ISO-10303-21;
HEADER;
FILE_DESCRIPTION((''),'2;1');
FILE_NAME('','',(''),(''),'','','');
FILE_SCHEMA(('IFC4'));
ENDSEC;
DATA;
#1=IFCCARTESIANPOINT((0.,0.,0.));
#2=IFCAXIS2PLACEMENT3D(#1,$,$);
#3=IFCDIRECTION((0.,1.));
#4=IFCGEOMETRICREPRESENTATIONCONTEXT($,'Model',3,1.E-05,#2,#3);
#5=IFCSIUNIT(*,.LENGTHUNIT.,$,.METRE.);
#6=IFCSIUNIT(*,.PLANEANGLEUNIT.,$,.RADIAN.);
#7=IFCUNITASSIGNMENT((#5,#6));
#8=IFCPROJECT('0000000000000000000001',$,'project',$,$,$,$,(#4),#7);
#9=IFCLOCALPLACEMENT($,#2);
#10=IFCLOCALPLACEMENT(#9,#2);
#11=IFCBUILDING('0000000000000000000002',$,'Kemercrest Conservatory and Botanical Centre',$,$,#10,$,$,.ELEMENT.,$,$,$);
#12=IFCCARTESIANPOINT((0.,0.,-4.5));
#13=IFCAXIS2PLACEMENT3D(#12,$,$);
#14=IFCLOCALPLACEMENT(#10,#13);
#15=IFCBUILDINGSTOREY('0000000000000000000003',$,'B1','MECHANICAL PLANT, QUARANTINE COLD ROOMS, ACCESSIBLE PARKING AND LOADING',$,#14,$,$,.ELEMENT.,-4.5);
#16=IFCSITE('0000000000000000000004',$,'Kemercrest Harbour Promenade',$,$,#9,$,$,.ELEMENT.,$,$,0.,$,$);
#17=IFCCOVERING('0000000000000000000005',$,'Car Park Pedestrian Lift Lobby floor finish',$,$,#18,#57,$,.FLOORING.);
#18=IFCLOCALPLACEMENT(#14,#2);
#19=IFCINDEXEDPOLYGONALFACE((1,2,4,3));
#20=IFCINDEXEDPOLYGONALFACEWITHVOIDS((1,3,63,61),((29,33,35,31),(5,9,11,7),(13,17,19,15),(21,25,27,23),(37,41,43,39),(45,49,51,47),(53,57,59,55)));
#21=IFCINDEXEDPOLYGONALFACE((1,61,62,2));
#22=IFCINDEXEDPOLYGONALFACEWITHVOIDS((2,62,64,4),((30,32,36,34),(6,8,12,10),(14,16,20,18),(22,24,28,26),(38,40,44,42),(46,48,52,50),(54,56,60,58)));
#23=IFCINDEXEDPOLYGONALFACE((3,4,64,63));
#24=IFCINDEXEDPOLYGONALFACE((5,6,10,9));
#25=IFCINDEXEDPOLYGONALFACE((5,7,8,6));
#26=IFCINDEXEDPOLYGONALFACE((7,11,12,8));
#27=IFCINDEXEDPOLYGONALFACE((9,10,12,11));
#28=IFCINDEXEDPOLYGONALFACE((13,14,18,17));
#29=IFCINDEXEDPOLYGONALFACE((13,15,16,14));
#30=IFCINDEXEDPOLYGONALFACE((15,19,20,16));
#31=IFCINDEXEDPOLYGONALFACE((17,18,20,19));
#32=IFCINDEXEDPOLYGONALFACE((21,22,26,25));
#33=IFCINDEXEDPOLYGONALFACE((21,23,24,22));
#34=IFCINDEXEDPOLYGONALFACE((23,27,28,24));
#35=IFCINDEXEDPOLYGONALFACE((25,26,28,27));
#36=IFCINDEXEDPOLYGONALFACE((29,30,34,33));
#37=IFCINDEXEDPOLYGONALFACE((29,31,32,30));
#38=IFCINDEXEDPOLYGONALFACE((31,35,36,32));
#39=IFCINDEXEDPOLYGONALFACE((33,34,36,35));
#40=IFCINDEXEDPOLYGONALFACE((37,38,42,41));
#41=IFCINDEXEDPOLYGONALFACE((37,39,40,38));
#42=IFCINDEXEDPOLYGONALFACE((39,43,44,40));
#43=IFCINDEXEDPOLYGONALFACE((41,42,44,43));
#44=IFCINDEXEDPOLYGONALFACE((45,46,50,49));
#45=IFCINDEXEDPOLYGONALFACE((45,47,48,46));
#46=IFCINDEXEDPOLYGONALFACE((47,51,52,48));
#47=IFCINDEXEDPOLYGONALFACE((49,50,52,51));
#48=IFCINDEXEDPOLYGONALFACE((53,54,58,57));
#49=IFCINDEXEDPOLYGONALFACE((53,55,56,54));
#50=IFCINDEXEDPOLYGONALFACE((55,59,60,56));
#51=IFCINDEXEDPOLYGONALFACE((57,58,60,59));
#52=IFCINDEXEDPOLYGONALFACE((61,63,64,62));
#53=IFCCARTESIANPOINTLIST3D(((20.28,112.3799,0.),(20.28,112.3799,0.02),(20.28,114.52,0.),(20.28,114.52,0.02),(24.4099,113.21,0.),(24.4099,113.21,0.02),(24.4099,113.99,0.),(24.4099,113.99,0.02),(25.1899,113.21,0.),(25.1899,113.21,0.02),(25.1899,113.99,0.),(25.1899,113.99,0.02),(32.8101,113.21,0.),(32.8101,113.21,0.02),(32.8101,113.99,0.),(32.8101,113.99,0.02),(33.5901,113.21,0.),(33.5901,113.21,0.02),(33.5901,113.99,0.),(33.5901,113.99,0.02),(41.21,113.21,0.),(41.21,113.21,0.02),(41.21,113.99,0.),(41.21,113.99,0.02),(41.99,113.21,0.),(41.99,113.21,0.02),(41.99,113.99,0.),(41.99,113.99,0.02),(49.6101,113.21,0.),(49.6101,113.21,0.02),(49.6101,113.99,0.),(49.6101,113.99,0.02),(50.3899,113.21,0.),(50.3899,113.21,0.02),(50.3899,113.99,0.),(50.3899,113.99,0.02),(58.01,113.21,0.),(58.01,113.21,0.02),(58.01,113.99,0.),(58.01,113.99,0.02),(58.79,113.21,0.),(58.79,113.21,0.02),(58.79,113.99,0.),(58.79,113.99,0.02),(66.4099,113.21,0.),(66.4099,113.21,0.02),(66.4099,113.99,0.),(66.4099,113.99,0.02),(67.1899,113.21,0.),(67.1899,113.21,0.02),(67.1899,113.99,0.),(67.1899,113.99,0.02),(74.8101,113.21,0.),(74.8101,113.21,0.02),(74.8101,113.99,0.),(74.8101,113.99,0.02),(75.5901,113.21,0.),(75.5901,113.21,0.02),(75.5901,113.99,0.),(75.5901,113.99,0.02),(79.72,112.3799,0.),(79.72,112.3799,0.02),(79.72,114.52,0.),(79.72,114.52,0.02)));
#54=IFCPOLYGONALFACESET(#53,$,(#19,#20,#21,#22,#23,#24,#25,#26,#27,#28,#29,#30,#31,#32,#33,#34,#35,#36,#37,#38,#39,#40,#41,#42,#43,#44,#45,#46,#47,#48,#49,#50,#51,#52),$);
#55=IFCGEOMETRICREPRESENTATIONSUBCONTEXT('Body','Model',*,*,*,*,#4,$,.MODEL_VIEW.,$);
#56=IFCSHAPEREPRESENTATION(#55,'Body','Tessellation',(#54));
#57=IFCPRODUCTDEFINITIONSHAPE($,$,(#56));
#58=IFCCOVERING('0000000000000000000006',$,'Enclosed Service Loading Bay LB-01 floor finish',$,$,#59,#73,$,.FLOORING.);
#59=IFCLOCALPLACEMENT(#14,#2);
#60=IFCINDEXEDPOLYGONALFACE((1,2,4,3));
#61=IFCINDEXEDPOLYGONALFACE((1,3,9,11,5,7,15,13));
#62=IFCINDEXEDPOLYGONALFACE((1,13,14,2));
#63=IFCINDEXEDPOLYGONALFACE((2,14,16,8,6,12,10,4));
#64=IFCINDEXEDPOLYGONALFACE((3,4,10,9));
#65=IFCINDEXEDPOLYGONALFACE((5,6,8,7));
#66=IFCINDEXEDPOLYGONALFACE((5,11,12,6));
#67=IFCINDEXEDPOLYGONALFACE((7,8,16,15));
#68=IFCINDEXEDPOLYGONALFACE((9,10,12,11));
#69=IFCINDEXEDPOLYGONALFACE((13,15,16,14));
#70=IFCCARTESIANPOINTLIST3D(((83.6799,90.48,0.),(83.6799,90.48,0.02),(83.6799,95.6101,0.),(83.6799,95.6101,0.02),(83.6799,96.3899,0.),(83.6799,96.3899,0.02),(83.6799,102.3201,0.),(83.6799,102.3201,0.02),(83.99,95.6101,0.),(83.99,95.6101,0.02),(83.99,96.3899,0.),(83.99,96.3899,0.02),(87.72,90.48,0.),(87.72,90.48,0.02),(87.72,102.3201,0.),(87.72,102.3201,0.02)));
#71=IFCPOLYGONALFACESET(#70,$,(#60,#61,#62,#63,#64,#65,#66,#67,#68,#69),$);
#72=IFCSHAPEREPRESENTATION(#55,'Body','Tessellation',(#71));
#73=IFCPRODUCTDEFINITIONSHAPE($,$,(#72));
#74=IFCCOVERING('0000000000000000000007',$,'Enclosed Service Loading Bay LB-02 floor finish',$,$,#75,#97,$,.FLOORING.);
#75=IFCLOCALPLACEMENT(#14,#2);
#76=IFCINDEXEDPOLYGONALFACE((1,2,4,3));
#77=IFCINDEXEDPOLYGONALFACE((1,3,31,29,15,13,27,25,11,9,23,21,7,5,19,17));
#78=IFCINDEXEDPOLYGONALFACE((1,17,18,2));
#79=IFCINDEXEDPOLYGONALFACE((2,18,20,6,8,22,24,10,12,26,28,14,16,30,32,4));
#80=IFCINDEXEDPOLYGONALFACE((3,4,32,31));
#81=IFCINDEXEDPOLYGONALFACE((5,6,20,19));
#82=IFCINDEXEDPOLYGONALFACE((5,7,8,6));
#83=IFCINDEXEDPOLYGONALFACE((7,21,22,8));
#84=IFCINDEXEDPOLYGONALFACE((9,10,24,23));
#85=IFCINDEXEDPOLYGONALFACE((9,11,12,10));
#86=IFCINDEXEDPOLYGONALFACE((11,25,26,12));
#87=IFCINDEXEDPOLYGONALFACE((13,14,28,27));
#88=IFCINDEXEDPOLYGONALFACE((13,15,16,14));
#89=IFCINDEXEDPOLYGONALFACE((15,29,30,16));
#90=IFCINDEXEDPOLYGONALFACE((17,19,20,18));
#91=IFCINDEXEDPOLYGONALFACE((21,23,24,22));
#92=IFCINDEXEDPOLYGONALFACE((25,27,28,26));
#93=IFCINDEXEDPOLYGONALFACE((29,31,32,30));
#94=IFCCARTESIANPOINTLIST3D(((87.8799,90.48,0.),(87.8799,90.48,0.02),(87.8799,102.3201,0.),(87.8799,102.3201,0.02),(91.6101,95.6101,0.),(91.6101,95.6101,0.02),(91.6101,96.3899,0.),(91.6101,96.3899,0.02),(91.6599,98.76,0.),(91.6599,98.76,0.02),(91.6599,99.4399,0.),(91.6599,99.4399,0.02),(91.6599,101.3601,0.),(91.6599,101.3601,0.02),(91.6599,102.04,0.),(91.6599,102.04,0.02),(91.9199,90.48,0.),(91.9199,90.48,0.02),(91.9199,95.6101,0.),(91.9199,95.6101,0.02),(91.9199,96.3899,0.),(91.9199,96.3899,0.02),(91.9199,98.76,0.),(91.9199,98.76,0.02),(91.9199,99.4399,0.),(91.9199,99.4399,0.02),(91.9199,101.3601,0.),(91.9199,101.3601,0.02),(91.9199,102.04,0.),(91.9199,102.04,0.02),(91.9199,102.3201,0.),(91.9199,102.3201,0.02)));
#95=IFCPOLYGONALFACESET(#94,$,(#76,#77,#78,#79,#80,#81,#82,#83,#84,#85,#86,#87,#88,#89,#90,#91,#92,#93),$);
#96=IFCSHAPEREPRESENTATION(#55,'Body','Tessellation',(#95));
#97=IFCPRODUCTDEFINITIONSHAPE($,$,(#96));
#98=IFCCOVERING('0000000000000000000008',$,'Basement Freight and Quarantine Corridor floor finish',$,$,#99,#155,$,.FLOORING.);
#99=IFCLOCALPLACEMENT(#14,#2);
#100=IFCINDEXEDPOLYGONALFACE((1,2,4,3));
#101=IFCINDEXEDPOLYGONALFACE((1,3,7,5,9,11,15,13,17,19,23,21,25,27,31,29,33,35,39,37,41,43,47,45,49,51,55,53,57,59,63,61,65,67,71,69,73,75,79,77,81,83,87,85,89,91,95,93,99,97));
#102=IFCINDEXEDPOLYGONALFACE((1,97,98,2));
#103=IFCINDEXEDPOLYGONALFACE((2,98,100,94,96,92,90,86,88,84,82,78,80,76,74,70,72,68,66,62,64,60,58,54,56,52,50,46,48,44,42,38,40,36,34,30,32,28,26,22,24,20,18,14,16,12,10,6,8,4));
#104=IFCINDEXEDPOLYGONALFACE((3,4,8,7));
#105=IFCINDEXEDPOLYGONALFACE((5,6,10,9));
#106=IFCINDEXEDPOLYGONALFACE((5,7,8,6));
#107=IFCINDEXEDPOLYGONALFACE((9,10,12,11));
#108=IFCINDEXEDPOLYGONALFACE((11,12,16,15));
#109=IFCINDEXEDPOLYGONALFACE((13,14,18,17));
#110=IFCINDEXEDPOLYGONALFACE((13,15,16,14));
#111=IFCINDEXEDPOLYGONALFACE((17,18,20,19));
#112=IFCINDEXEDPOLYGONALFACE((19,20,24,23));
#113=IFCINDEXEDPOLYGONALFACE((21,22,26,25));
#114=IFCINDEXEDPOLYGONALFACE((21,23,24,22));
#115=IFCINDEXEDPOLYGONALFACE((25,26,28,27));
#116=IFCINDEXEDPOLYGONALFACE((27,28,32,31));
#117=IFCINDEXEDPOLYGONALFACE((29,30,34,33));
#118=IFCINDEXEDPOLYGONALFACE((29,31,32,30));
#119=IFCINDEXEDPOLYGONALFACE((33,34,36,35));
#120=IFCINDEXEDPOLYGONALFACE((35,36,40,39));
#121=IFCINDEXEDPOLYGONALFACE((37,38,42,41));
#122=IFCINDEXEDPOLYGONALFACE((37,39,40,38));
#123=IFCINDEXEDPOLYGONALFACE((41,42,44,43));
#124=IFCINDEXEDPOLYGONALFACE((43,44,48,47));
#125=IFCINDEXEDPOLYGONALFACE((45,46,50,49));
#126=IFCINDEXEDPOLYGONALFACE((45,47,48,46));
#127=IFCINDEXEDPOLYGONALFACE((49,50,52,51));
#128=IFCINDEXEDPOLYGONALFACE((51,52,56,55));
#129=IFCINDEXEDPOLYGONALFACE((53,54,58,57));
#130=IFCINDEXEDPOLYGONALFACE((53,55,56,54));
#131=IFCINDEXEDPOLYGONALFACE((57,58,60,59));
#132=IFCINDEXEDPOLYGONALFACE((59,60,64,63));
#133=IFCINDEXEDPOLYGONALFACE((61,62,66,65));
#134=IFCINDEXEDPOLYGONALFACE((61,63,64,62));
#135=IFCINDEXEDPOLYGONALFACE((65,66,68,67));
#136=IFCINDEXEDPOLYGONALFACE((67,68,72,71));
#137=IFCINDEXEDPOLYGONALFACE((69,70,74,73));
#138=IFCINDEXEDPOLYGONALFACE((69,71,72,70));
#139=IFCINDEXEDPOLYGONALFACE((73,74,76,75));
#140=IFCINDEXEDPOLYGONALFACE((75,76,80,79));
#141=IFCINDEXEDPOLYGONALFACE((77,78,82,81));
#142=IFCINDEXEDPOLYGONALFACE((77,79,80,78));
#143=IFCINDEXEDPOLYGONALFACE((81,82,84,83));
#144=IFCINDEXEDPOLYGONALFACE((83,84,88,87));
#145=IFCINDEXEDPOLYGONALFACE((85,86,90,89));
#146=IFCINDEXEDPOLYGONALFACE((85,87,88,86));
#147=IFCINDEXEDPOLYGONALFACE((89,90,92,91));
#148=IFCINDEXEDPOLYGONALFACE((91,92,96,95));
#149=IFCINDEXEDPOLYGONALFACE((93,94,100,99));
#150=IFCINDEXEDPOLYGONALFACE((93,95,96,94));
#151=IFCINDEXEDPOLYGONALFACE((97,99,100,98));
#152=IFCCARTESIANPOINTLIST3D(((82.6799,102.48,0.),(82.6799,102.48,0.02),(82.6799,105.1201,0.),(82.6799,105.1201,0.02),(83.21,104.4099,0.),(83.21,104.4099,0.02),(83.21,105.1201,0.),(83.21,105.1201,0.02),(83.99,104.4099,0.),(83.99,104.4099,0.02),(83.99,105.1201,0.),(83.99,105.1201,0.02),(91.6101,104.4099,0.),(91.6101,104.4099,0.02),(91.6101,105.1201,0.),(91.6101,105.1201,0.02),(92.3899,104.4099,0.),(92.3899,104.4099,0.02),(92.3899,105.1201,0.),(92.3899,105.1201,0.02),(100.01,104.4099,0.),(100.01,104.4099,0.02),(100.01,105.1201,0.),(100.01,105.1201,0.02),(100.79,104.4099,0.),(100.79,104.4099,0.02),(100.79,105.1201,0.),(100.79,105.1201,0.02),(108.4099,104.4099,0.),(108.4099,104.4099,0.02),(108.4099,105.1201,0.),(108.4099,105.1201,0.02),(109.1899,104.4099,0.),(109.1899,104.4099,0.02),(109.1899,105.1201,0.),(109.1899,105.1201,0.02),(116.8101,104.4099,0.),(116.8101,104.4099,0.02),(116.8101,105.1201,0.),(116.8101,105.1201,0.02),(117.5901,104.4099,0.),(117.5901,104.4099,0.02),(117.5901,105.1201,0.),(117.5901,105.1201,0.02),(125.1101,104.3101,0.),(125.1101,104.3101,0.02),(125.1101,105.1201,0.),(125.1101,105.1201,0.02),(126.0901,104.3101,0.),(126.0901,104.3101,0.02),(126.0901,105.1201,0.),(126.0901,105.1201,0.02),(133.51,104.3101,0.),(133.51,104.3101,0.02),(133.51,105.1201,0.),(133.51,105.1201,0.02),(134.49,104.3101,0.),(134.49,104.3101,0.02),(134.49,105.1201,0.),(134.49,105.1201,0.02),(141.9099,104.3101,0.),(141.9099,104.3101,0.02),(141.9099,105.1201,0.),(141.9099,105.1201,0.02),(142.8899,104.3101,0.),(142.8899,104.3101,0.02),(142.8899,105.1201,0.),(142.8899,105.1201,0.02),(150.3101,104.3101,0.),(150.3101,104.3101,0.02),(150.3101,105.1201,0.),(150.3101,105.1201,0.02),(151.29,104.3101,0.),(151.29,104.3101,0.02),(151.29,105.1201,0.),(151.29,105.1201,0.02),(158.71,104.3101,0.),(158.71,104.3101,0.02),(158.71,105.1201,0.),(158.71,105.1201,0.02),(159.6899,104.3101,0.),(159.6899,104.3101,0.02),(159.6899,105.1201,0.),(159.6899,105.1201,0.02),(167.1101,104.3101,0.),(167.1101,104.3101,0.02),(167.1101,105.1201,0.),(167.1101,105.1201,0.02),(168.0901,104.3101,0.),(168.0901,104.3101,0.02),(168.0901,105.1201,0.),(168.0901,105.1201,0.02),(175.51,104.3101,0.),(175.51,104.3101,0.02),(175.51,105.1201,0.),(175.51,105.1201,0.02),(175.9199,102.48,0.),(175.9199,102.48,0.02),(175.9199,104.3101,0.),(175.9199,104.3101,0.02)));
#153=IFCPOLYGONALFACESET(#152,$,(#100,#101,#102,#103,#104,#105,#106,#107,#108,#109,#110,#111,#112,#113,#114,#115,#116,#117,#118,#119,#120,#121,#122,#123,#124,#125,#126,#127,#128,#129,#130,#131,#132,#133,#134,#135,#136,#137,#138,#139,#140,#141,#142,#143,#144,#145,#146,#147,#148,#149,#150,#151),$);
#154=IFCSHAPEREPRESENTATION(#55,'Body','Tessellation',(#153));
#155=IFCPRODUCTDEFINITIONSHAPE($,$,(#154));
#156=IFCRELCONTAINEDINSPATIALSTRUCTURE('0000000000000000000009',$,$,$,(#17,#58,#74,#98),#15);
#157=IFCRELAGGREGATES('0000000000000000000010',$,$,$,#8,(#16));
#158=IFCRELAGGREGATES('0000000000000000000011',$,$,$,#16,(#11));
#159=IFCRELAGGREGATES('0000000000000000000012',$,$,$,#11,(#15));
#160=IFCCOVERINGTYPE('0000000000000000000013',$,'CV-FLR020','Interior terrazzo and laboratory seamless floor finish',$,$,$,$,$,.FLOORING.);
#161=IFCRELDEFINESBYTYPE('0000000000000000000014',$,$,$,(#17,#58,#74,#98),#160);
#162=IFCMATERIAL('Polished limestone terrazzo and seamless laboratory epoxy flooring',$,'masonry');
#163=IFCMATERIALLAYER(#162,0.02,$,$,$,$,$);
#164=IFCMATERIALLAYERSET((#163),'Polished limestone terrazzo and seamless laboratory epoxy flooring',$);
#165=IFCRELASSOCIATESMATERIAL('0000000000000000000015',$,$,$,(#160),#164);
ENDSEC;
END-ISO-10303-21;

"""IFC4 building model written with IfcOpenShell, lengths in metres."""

from ifc_helpers import new_model, si_unit, direction, frame, origin, place, context, subcontext, project, spatial, polyline, outline, extrude, material, layer, layer_set, type_object, element, save


model = new_model("IFC4")

# Units and contexts
model_context = context("Model", 3, precision=1e-05, world=origin(), true_north=direction((0.0, 1.0)))
body_context = subcontext(model_context, "Body", "Model", "MODEL_VIEW")
ifc_project = project(units=[si_unit("LENGTHUNIT", "METRE"), si_unit("PLANEANGLEUNIT", "RADIAN")], contexts=[model_context])

# Site, building, storey
site_placement = place(None, origin())
site = spatial("IfcSite", under=ifc_project, at=site_placement, Name="Kemercrest Harbour Promenade", CompositionType="ELEMENT", RefElevation=0.0)
building_placement = place(site_placement, origin())
building = spatial("IfcBuilding", under=site, at=building_placement, Name="Kemercrest Conservatory and Botanical Centre", CompositionType="ELEMENT")
storey_placement = place(building_placement, frame((0.0, 0.0, -4.5)))
storey = spatial("IfcBuildingStorey", under=building, at=storey_placement, Name="B1", Description="MECHANICAL PLANT, QUARANTINE COLD ROOMS, ACCESSIBLE PARKING AND LOADING", CompositionType="ELEMENT", Elevation=-4.5)

# Coverings
ifc_material_1 = material(Name="Polished limestone terrazzo and seamless laboratory epoxy flooring", Category="masonry")
ifc_layer_1 = layer(ifc_material_1, 0.02)
ifc_layer_set_1 = layer_set([ifc_layer_1], Name="Polished limestone terrazzo and seamless laboratory epoxy flooring")
covering_type_1 = type_object("IfcCoveringType", Name="CV-FLR020", Description="Interior terrazzo and laboratory seamless floor finish", PredefinedType="FLOORING", material=ifc_layer_set_1)
covering_1_placement = place(storey_placement, origin())
element("IfcCovering", 1, at=covering_1_placement, inside=storey, type_object=covering_type_1, Name="Car Park Pedestrian Lift Lobby floor finish", PredefinedType="FLOORING", context=body_context, shape_type="SweptSolid", body=[
    extrude(outline(polyline([(79.72, 114.52), (20.28, 114.52), (20.28, 112.3799), (79.72, 112.3799), (79.72, 114.52)]), holes=[polyline([(74.8101, 113.99), (75.5901, 113.99), (75.5901, 113.21), (74.8101, 113.21), (74.8101, 113.99)]), polyline([(66.4099, 113.21), (66.4099, 113.99), (67.1899, 113.99), (67.1899, 113.21), (66.4099, 113.21)]), polyline([(58.01, 113.21), (58.01, 113.99), (58.79, 113.99), (58.79, 113.21), (58.01, 113.21)]), polyline([(49.6101, 113.21), (49.6101, 113.99), (50.3899, 113.99), (50.3899, 113.21), (49.6101, 113.21)]), polyline([(41.21, 113.21), (41.21, 113.99), (41.99, 113.99), (41.99, 113.21), (41.21, 113.21)]), polyline([(32.8101, 113.21), (32.8101, 113.99), (33.5901, 113.99), (33.5901, 113.21), (32.8101, 113.21)]), polyline([(24.4099, 113.99), (25.1899, 113.99), (25.1899, 113.21), (24.4099, 113.21), (24.4099, 113.99)])]), origin(), (0.0, 0.0, 1.0), 0.02),
])
covering_2_placement = place(storey_placement, origin())
element("IfcCovering", 2, at=covering_2_placement, inside=storey, type_object=covering_type_1, Name="Enclosed Service Loading Bay LB-01 floor finish", PredefinedType="FLOORING", context=body_context, shape_type="SweptSolid", body=[
    extrude(outline(polyline([(83.6799, 90.48), (87.72, 90.48), (87.72, 102.3201), (83.6799, 102.3201), (83.6799, 96.3899), (83.99, 96.3899), (83.99, 95.6101), (83.6799, 95.6101), (83.6799, 90.48)])), origin(), (0.0, 0.0, 1.0), 0.02),
])
covering_3_placement = place(storey_placement, origin())
element("IfcCovering", 3, at=covering_3_placement, inside=storey, type_object=covering_type_1, Name="Enclosed Service Loading Bay LB-02 floor finish", PredefinedType="FLOORING", context=body_context, shape_type="SweptSolid", body=[
    extrude(outline(polyline([(87.8799, 90.48), (91.9199, 90.48), (91.9199, 95.6101), (91.6101, 95.6101), (91.6101, 96.3899), (91.9199, 96.3899), (91.9199, 98.76), (91.6599, 98.76), (91.6599, 99.4399), (91.9199, 99.4399), (91.9199, 101.3601), (91.6599, 101.3601), (91.6599, 102.04), (91.9199, 102.04), (91.9199, 102.3201), (87.8799, 102.3201), (87.8799, 90.48)])), origin(), (0.0, 0.0, 1.0), 0.02),
])
covering_4_placement = place(storey_placement, origin())
element("IfcCovering", 4, at=covering_4_placement, inside=storey, type_object=covering_type_1, Name="Basement Freight and Quarantine Corridor floor finish", PredefinedType="FLOORING", context=body_context, shape_type="SweptSolid", body=[
    extrude(outline(polyline([(82.6799, 102.48), (175.9199, 102.48), (175.9199, 104.3101), (175.51, 104.3101), (175.51, 105.1201), (168.0901, 105.1201), (168.0901, 104.3101), (167.1101, 104.3101), (167.1101, 105.1201), (159.6899, 105.1201), (159.6899, 104.3101), (158.71, 104.3101), (158.71, 105.1201), (151.29, 105.1201), (151.29, 104.3101), (150.3101, 104.3101), (150.3101, 105.1201), (142.8899, 105.1201), (142.8899, 104.3101), (141.9099, 104.3101), (141.9099, 105.1201), (134.49, 105.1201), (134.49, 104.3101), (133.51, 104.3101), (133.51, 105.1201), (126.0901, 105.1201), (126.0901, 104.3101), (125.1101, 104.3101), (125.1101, 105.1201), (117.5901, 105.1201), (117.5901, 104.4099), (116.8101, 104.4099), (116.8101, 105.1201), (109.1899, 105.1201), (109.1899, 104.4099), (108.4099, 104.4099), (108.4099, 105.1201), (100.79, 105.1201), (100.79, 104.4099), (100.01, 104.4099), (100.01, 105.1201), (92.3899, 105.1201), (92.3899, 104.4099), (91.6101, 104.4099), (91.6101, 105.1201), (83.99, 105.1201), (83.99, 104.4099), (83.21, 104.4099), (83.21, 105.1201), (82.6799, 105.1201), (82.6799, 102.48)])), origin(), (0.0, 0.0, 1.0), 0.02),
])

save(model, "model.ifc")
